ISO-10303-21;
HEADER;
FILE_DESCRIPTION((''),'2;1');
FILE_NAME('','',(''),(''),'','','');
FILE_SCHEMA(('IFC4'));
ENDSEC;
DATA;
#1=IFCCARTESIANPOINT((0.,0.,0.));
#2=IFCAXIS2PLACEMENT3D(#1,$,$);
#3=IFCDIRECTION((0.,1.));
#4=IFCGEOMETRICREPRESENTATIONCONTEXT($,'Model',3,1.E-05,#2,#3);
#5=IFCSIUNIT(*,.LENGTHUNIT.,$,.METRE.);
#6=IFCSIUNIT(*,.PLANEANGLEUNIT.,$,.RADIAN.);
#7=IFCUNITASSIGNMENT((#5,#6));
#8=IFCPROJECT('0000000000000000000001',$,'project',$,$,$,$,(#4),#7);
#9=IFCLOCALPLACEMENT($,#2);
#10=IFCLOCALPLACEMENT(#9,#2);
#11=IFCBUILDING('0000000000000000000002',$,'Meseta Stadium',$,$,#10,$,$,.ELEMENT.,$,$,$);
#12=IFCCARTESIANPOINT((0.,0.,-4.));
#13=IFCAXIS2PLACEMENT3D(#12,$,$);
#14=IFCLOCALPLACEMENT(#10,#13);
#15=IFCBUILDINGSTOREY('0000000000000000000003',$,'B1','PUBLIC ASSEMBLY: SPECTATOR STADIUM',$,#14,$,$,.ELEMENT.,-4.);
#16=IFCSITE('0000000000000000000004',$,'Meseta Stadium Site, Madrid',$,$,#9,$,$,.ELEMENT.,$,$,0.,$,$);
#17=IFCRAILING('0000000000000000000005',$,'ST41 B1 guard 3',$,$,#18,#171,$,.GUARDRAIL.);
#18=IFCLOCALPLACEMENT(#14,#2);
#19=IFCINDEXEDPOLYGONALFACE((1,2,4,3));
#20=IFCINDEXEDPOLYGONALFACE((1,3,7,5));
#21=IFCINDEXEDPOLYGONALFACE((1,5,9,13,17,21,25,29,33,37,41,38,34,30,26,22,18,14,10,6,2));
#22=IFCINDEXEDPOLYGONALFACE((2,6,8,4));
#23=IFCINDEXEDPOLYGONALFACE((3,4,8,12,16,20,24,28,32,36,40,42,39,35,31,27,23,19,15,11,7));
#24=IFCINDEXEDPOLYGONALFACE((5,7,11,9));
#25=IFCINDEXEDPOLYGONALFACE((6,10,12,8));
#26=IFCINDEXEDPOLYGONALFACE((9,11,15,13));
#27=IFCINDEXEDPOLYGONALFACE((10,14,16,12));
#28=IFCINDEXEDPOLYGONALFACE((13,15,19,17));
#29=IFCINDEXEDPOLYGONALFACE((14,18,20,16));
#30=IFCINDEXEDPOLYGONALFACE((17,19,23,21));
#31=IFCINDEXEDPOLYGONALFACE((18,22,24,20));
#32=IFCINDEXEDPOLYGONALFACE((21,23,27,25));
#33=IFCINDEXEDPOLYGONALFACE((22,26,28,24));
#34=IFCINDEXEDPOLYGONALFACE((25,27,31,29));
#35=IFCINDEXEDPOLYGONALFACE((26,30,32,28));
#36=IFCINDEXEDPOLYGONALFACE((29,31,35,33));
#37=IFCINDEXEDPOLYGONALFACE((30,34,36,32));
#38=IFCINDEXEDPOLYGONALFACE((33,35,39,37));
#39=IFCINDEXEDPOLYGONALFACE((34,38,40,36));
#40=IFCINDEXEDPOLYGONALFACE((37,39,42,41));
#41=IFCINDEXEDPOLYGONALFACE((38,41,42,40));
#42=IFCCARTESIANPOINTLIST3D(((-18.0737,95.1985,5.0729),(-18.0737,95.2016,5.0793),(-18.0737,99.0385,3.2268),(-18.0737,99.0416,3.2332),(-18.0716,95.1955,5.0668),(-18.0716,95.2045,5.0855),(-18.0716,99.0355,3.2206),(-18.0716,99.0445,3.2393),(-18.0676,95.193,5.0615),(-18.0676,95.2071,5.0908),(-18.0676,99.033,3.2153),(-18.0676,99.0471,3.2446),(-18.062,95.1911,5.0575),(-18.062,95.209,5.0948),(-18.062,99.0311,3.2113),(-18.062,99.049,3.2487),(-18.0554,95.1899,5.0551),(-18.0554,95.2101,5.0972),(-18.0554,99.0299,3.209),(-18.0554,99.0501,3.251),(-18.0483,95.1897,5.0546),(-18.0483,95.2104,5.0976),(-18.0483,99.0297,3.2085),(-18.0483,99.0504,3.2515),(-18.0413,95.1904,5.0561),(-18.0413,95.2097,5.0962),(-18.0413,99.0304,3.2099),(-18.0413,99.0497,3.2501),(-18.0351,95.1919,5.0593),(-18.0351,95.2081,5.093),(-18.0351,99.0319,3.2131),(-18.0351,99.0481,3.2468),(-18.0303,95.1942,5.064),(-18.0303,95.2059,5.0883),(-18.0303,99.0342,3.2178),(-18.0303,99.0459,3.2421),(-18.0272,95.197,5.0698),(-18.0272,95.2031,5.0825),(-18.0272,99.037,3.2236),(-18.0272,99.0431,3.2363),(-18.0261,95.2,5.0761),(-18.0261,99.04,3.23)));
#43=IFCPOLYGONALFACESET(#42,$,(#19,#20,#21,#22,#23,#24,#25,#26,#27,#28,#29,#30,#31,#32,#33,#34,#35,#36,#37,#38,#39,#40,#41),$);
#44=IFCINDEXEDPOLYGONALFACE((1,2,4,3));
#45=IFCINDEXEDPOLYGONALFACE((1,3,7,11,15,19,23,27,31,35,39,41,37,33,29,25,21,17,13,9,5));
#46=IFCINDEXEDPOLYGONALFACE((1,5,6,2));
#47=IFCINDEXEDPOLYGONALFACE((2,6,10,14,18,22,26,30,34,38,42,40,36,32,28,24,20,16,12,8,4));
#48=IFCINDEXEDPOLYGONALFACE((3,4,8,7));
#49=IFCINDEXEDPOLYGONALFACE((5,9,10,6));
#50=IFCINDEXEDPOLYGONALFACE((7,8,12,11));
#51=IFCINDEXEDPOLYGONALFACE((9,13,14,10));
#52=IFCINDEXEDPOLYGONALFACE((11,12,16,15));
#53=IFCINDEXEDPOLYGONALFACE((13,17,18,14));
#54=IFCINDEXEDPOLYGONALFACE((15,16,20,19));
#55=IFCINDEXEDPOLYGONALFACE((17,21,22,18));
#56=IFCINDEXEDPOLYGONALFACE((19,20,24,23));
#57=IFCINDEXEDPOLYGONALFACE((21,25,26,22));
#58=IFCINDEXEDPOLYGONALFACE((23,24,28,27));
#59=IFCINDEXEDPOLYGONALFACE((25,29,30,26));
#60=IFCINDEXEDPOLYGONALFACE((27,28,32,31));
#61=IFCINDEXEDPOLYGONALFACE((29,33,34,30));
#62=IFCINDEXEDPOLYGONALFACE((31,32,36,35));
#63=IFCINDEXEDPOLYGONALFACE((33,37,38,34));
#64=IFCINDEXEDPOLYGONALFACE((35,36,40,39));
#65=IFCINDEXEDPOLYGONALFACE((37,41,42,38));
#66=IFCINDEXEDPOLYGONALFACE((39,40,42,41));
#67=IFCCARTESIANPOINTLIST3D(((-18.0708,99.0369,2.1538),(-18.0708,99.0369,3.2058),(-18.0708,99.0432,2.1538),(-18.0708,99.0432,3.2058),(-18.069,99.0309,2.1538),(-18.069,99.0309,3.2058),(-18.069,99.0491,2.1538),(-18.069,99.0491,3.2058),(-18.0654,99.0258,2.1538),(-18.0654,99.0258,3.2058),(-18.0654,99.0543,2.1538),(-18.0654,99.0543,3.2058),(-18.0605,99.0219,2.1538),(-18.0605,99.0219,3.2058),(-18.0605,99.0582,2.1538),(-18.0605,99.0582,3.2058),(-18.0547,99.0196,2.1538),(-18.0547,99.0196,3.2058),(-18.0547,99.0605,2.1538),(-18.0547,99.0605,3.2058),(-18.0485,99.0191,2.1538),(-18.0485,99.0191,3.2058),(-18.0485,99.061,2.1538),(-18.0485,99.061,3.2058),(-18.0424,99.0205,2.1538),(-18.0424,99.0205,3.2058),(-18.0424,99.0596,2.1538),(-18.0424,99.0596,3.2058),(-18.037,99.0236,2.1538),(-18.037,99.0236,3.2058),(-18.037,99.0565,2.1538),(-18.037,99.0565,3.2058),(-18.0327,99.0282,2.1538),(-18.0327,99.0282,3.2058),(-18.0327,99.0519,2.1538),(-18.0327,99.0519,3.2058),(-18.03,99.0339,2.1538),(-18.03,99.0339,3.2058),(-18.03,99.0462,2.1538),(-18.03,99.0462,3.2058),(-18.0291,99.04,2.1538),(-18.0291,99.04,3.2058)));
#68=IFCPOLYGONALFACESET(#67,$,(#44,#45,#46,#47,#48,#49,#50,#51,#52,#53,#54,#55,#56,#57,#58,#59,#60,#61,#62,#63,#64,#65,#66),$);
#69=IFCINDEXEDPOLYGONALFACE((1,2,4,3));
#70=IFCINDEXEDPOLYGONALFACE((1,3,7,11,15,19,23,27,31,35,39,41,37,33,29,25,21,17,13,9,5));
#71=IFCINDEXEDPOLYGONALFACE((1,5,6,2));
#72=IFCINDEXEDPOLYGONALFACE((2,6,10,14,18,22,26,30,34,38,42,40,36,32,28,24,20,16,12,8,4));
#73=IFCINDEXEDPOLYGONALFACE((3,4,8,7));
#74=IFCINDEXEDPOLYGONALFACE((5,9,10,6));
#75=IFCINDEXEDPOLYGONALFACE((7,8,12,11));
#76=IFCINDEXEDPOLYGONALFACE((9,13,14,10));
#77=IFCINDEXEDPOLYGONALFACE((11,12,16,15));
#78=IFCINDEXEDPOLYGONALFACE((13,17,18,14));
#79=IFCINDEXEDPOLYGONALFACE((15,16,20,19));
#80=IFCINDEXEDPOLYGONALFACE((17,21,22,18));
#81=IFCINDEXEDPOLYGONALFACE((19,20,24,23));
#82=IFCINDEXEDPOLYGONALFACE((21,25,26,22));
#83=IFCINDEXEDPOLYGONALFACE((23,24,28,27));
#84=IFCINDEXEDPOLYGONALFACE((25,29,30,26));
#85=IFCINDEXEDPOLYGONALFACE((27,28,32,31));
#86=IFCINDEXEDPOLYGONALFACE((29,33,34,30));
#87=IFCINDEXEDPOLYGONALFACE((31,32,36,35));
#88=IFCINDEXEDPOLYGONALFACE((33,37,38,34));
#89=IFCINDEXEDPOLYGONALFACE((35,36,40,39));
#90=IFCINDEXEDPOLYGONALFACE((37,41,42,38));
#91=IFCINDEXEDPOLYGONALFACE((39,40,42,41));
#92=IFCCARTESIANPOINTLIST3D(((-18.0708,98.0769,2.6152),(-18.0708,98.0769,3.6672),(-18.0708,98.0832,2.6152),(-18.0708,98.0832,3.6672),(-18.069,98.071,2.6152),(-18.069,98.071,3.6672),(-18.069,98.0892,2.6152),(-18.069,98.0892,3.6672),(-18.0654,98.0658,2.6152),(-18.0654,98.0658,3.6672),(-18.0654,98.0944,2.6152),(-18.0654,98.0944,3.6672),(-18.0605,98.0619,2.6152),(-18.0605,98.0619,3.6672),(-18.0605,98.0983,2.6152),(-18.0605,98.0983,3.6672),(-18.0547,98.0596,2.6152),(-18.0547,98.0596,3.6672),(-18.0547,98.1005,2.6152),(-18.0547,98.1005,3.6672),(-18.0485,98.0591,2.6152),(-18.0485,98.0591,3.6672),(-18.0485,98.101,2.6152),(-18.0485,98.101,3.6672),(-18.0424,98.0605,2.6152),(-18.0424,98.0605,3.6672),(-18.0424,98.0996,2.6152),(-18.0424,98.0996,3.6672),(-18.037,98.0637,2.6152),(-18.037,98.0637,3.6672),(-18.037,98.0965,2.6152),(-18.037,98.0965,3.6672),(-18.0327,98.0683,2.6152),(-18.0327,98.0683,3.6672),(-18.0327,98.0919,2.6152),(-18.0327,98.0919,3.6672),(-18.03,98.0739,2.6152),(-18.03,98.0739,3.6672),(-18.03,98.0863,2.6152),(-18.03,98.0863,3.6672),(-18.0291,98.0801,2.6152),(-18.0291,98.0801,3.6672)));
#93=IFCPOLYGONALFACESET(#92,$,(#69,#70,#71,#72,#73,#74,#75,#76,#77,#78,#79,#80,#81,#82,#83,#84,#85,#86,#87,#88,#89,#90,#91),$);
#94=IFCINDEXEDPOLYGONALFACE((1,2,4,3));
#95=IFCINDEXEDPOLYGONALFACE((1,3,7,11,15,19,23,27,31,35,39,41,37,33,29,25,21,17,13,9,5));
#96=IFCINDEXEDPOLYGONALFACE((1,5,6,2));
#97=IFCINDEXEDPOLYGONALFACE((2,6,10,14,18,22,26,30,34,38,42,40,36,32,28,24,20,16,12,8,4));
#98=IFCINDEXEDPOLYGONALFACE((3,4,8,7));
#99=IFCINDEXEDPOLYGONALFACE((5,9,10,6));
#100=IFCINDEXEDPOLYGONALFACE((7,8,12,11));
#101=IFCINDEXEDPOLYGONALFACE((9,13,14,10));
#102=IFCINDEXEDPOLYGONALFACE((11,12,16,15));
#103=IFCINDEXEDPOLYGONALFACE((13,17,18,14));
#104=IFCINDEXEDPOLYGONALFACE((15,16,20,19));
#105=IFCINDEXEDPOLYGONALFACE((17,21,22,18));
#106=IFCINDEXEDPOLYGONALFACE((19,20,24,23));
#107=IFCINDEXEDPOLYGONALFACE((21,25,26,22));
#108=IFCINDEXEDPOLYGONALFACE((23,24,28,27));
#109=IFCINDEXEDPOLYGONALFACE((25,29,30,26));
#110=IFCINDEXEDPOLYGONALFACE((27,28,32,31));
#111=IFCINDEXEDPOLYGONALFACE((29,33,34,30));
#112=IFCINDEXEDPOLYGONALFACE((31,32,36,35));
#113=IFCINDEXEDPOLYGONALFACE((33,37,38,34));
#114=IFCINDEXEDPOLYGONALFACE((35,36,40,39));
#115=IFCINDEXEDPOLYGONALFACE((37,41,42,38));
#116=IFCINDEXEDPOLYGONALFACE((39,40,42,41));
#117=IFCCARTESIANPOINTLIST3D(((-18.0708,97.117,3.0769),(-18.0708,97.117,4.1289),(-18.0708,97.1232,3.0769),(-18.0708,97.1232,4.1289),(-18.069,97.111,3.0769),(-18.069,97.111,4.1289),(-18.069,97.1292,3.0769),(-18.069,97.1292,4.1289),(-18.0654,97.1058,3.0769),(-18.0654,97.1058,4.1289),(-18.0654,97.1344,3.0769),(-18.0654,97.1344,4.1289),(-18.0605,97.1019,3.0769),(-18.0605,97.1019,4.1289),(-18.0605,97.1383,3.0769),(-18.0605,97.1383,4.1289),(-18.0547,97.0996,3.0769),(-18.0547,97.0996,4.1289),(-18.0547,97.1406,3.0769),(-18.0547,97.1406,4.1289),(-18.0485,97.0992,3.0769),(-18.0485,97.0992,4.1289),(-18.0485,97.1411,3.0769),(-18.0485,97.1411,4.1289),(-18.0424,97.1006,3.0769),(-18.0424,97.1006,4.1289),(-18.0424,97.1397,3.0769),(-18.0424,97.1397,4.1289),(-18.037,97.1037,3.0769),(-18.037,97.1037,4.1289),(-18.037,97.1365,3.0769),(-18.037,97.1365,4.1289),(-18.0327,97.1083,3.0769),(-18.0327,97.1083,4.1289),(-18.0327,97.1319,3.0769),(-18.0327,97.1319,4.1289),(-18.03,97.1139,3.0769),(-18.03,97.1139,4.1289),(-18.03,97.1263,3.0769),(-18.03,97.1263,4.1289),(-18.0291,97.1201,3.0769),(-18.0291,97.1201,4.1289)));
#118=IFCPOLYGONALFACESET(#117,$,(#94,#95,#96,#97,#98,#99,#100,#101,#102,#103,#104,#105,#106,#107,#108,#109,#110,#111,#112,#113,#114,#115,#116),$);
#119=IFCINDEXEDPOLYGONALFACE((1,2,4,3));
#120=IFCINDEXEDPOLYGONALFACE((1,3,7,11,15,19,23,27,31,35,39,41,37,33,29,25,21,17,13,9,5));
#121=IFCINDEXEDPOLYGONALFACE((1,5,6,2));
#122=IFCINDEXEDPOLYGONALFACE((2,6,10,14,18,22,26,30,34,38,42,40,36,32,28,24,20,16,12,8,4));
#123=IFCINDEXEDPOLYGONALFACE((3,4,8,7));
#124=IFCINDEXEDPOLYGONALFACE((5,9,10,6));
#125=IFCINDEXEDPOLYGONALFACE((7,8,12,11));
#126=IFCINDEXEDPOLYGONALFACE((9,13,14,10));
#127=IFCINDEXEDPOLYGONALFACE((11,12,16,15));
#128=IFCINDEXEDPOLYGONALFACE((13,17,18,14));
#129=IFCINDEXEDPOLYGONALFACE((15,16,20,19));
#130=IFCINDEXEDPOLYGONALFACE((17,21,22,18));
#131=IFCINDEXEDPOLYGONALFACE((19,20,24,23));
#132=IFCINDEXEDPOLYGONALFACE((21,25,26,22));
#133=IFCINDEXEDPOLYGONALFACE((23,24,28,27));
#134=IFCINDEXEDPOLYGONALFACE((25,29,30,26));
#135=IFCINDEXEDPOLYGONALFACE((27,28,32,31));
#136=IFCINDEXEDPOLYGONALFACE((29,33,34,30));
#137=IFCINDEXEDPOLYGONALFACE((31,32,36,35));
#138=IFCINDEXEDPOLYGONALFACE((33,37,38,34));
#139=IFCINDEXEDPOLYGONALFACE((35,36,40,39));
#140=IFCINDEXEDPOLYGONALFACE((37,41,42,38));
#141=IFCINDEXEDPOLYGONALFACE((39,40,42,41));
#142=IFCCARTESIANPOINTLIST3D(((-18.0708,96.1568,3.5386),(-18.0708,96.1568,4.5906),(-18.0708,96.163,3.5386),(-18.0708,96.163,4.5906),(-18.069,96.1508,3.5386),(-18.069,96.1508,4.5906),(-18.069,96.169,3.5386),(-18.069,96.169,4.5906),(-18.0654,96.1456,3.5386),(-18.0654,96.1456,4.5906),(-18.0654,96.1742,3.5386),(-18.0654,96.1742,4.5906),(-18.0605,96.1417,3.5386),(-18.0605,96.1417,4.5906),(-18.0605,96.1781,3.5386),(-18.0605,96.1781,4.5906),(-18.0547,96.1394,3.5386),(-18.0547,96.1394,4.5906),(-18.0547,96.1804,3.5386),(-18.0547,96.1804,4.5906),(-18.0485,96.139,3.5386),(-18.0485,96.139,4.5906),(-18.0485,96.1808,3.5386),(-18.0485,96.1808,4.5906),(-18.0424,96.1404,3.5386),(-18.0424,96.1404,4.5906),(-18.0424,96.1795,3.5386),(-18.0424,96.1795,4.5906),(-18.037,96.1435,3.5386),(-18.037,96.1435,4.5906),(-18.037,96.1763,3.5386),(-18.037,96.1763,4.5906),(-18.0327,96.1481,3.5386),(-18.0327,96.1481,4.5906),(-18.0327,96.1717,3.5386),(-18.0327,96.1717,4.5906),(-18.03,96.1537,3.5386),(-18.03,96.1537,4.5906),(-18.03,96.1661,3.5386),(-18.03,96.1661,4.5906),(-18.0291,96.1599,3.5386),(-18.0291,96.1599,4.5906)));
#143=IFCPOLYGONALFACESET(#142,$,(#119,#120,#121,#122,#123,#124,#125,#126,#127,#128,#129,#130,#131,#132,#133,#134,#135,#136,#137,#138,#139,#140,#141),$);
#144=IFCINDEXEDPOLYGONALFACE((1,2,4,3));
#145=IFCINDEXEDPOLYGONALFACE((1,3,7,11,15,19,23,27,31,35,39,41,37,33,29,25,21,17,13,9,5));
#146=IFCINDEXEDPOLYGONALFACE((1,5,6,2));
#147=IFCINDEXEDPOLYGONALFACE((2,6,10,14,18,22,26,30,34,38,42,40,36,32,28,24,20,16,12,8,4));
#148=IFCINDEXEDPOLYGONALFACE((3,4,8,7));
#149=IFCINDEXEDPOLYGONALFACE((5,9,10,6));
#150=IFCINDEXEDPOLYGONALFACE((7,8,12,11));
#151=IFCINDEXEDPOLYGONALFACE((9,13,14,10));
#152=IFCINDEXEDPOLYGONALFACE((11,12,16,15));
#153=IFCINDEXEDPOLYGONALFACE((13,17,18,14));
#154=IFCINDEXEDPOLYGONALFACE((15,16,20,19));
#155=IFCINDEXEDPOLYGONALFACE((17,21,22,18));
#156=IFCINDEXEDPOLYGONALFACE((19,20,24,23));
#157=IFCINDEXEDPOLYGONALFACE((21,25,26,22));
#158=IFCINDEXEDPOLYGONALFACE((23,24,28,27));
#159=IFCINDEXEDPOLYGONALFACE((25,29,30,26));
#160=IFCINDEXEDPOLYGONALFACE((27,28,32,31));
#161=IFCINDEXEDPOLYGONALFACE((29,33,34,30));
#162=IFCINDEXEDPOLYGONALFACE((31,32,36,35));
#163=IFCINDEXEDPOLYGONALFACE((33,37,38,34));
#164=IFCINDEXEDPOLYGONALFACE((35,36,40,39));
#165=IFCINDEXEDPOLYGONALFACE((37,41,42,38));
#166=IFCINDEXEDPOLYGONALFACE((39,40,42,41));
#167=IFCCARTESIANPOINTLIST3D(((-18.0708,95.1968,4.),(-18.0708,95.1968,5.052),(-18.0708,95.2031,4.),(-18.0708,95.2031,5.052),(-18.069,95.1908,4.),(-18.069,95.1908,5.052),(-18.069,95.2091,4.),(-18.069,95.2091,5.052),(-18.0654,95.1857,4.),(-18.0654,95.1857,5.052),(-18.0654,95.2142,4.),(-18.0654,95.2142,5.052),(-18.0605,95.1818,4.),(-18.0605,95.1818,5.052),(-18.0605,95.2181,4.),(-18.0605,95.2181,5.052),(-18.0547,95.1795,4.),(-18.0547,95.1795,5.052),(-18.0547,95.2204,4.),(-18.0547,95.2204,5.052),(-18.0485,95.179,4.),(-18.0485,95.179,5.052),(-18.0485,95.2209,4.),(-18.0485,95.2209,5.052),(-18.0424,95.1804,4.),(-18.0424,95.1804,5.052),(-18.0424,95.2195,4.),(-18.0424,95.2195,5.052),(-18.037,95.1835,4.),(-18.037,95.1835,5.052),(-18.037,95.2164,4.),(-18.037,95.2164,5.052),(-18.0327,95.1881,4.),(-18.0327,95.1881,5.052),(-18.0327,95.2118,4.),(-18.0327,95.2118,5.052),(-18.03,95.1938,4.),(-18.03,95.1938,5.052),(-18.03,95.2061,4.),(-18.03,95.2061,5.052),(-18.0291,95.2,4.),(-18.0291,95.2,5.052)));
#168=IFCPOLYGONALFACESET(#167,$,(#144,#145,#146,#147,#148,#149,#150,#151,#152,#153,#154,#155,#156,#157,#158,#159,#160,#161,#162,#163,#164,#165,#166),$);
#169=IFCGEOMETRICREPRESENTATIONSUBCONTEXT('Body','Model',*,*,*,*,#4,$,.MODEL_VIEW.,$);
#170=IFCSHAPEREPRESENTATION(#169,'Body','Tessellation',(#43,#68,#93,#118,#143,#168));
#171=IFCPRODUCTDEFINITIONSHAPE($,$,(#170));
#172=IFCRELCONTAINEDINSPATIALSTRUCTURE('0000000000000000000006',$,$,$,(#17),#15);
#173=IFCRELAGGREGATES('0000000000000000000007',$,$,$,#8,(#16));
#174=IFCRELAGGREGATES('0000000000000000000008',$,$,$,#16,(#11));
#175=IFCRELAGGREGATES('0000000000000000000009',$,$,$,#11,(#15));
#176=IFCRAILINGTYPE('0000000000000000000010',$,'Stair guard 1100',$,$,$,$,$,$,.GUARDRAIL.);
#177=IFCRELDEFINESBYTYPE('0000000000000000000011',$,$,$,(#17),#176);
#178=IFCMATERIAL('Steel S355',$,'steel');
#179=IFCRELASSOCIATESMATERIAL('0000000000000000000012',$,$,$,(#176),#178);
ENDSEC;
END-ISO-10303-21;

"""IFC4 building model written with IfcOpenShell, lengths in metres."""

from ifc_helpers import new_model, si_unit, direction, frame, origin, origin_2d, place, context, subcontext, project, spatial, circle, extrude, material, type_object, element, save


model = new_model("IFC4")

# Units and contexts
model_context = context("Model", 3, precision=1e-05, world=origin(), true_north=direction((0.0, 1.0)))
body_context = subcontext(model_context, "Body", "Model", "MODEL_VIEW")
ifc_project = project(units=[si_unit("LENGTHUNIT", "METRE"), si_unit("PLANEANGLEUNIT", "RADIAN")], contexts=[model_context])

# Site, building, storey
site_placement = place(None, origin())
site = spatial("IfcSite", under=ifc_project, at=site_placement, Name="Meseta Stadium Site, Madrid", CompositionType="ELEMENT", RefElevation=0.0)
building_placement = place(site_placement, origin())
building = spatial("IfcBuilding", under=site, at=building_placement, Name="Meseta Stadium", CompositionType="ELEMENT")
storey_placement = place(building_placement, frame((0.0, 0.0, -4.0)))
storey = spatial("IfcBuildingStorey", under=building, at=storey_placement, Name="B1", Description="PUBLIC ASSEMBLY: SPECTATOR STADIUM", CompositionType="ELEMENT", Elevation=-4.0)

# Railing
ifc_material_1 = material(Name="Steel S355", Category="steel")
railing_type_1 = type_object("IfcRailingType", Name="Stair guard 1100", PredefinedType="GUARDRAIL", material=ifc_material_1)
railing_1_placement = place(storey_placement, frame((-18.05, 99.04, 2.1538)))
element("IfcRailing", 1, at=railing_1_placement, inside=storey, type_object=railing_type_1, Name="ST41 B1 guard 3", PredefinedType="GUARDRAIL", context=body_context, shape_type="SweptSolid", body=[
    extrude(circle(Radius=0.0239, at=origin_2d()), frame((0.0, 0.0, 1.0762), z_axis=(0.0, -0.901253, 0.433294), x_axis=(1.0, 0.0, 0.0)), (0.0, 0.0, 1.0), 4.2607),
    extrude(circle(Radius=0.021, at=origin_2d()), origin(), (0.0, 0.0, 1.0), 1.052),
    extrude(circle(Radius=0.021, at=origin_2d()), frame((0.0, -0.96, 0.4614)), (0.0, 0.0, 1.0), 1.052),
    extrude(circle(Radius=0.021, at=origin_2d()), frame((0.0, -1.9199, 0.9231)), (0.0, 0.0, 1.0), 1.052),
    extrude(circle(Radius=0.021, at=origin_2d()), frame((0.0, -2.8801, 1.3848)), (0.0, 0.0, 1.0), 1.052),
    extrude(circle(Radius=0.021, at=origin_2d()), frame((0.0, -3.8401, 1.8462)), (0.0, 0.0, 1.0), 1.052),
])

save(model, "model.ifc")
